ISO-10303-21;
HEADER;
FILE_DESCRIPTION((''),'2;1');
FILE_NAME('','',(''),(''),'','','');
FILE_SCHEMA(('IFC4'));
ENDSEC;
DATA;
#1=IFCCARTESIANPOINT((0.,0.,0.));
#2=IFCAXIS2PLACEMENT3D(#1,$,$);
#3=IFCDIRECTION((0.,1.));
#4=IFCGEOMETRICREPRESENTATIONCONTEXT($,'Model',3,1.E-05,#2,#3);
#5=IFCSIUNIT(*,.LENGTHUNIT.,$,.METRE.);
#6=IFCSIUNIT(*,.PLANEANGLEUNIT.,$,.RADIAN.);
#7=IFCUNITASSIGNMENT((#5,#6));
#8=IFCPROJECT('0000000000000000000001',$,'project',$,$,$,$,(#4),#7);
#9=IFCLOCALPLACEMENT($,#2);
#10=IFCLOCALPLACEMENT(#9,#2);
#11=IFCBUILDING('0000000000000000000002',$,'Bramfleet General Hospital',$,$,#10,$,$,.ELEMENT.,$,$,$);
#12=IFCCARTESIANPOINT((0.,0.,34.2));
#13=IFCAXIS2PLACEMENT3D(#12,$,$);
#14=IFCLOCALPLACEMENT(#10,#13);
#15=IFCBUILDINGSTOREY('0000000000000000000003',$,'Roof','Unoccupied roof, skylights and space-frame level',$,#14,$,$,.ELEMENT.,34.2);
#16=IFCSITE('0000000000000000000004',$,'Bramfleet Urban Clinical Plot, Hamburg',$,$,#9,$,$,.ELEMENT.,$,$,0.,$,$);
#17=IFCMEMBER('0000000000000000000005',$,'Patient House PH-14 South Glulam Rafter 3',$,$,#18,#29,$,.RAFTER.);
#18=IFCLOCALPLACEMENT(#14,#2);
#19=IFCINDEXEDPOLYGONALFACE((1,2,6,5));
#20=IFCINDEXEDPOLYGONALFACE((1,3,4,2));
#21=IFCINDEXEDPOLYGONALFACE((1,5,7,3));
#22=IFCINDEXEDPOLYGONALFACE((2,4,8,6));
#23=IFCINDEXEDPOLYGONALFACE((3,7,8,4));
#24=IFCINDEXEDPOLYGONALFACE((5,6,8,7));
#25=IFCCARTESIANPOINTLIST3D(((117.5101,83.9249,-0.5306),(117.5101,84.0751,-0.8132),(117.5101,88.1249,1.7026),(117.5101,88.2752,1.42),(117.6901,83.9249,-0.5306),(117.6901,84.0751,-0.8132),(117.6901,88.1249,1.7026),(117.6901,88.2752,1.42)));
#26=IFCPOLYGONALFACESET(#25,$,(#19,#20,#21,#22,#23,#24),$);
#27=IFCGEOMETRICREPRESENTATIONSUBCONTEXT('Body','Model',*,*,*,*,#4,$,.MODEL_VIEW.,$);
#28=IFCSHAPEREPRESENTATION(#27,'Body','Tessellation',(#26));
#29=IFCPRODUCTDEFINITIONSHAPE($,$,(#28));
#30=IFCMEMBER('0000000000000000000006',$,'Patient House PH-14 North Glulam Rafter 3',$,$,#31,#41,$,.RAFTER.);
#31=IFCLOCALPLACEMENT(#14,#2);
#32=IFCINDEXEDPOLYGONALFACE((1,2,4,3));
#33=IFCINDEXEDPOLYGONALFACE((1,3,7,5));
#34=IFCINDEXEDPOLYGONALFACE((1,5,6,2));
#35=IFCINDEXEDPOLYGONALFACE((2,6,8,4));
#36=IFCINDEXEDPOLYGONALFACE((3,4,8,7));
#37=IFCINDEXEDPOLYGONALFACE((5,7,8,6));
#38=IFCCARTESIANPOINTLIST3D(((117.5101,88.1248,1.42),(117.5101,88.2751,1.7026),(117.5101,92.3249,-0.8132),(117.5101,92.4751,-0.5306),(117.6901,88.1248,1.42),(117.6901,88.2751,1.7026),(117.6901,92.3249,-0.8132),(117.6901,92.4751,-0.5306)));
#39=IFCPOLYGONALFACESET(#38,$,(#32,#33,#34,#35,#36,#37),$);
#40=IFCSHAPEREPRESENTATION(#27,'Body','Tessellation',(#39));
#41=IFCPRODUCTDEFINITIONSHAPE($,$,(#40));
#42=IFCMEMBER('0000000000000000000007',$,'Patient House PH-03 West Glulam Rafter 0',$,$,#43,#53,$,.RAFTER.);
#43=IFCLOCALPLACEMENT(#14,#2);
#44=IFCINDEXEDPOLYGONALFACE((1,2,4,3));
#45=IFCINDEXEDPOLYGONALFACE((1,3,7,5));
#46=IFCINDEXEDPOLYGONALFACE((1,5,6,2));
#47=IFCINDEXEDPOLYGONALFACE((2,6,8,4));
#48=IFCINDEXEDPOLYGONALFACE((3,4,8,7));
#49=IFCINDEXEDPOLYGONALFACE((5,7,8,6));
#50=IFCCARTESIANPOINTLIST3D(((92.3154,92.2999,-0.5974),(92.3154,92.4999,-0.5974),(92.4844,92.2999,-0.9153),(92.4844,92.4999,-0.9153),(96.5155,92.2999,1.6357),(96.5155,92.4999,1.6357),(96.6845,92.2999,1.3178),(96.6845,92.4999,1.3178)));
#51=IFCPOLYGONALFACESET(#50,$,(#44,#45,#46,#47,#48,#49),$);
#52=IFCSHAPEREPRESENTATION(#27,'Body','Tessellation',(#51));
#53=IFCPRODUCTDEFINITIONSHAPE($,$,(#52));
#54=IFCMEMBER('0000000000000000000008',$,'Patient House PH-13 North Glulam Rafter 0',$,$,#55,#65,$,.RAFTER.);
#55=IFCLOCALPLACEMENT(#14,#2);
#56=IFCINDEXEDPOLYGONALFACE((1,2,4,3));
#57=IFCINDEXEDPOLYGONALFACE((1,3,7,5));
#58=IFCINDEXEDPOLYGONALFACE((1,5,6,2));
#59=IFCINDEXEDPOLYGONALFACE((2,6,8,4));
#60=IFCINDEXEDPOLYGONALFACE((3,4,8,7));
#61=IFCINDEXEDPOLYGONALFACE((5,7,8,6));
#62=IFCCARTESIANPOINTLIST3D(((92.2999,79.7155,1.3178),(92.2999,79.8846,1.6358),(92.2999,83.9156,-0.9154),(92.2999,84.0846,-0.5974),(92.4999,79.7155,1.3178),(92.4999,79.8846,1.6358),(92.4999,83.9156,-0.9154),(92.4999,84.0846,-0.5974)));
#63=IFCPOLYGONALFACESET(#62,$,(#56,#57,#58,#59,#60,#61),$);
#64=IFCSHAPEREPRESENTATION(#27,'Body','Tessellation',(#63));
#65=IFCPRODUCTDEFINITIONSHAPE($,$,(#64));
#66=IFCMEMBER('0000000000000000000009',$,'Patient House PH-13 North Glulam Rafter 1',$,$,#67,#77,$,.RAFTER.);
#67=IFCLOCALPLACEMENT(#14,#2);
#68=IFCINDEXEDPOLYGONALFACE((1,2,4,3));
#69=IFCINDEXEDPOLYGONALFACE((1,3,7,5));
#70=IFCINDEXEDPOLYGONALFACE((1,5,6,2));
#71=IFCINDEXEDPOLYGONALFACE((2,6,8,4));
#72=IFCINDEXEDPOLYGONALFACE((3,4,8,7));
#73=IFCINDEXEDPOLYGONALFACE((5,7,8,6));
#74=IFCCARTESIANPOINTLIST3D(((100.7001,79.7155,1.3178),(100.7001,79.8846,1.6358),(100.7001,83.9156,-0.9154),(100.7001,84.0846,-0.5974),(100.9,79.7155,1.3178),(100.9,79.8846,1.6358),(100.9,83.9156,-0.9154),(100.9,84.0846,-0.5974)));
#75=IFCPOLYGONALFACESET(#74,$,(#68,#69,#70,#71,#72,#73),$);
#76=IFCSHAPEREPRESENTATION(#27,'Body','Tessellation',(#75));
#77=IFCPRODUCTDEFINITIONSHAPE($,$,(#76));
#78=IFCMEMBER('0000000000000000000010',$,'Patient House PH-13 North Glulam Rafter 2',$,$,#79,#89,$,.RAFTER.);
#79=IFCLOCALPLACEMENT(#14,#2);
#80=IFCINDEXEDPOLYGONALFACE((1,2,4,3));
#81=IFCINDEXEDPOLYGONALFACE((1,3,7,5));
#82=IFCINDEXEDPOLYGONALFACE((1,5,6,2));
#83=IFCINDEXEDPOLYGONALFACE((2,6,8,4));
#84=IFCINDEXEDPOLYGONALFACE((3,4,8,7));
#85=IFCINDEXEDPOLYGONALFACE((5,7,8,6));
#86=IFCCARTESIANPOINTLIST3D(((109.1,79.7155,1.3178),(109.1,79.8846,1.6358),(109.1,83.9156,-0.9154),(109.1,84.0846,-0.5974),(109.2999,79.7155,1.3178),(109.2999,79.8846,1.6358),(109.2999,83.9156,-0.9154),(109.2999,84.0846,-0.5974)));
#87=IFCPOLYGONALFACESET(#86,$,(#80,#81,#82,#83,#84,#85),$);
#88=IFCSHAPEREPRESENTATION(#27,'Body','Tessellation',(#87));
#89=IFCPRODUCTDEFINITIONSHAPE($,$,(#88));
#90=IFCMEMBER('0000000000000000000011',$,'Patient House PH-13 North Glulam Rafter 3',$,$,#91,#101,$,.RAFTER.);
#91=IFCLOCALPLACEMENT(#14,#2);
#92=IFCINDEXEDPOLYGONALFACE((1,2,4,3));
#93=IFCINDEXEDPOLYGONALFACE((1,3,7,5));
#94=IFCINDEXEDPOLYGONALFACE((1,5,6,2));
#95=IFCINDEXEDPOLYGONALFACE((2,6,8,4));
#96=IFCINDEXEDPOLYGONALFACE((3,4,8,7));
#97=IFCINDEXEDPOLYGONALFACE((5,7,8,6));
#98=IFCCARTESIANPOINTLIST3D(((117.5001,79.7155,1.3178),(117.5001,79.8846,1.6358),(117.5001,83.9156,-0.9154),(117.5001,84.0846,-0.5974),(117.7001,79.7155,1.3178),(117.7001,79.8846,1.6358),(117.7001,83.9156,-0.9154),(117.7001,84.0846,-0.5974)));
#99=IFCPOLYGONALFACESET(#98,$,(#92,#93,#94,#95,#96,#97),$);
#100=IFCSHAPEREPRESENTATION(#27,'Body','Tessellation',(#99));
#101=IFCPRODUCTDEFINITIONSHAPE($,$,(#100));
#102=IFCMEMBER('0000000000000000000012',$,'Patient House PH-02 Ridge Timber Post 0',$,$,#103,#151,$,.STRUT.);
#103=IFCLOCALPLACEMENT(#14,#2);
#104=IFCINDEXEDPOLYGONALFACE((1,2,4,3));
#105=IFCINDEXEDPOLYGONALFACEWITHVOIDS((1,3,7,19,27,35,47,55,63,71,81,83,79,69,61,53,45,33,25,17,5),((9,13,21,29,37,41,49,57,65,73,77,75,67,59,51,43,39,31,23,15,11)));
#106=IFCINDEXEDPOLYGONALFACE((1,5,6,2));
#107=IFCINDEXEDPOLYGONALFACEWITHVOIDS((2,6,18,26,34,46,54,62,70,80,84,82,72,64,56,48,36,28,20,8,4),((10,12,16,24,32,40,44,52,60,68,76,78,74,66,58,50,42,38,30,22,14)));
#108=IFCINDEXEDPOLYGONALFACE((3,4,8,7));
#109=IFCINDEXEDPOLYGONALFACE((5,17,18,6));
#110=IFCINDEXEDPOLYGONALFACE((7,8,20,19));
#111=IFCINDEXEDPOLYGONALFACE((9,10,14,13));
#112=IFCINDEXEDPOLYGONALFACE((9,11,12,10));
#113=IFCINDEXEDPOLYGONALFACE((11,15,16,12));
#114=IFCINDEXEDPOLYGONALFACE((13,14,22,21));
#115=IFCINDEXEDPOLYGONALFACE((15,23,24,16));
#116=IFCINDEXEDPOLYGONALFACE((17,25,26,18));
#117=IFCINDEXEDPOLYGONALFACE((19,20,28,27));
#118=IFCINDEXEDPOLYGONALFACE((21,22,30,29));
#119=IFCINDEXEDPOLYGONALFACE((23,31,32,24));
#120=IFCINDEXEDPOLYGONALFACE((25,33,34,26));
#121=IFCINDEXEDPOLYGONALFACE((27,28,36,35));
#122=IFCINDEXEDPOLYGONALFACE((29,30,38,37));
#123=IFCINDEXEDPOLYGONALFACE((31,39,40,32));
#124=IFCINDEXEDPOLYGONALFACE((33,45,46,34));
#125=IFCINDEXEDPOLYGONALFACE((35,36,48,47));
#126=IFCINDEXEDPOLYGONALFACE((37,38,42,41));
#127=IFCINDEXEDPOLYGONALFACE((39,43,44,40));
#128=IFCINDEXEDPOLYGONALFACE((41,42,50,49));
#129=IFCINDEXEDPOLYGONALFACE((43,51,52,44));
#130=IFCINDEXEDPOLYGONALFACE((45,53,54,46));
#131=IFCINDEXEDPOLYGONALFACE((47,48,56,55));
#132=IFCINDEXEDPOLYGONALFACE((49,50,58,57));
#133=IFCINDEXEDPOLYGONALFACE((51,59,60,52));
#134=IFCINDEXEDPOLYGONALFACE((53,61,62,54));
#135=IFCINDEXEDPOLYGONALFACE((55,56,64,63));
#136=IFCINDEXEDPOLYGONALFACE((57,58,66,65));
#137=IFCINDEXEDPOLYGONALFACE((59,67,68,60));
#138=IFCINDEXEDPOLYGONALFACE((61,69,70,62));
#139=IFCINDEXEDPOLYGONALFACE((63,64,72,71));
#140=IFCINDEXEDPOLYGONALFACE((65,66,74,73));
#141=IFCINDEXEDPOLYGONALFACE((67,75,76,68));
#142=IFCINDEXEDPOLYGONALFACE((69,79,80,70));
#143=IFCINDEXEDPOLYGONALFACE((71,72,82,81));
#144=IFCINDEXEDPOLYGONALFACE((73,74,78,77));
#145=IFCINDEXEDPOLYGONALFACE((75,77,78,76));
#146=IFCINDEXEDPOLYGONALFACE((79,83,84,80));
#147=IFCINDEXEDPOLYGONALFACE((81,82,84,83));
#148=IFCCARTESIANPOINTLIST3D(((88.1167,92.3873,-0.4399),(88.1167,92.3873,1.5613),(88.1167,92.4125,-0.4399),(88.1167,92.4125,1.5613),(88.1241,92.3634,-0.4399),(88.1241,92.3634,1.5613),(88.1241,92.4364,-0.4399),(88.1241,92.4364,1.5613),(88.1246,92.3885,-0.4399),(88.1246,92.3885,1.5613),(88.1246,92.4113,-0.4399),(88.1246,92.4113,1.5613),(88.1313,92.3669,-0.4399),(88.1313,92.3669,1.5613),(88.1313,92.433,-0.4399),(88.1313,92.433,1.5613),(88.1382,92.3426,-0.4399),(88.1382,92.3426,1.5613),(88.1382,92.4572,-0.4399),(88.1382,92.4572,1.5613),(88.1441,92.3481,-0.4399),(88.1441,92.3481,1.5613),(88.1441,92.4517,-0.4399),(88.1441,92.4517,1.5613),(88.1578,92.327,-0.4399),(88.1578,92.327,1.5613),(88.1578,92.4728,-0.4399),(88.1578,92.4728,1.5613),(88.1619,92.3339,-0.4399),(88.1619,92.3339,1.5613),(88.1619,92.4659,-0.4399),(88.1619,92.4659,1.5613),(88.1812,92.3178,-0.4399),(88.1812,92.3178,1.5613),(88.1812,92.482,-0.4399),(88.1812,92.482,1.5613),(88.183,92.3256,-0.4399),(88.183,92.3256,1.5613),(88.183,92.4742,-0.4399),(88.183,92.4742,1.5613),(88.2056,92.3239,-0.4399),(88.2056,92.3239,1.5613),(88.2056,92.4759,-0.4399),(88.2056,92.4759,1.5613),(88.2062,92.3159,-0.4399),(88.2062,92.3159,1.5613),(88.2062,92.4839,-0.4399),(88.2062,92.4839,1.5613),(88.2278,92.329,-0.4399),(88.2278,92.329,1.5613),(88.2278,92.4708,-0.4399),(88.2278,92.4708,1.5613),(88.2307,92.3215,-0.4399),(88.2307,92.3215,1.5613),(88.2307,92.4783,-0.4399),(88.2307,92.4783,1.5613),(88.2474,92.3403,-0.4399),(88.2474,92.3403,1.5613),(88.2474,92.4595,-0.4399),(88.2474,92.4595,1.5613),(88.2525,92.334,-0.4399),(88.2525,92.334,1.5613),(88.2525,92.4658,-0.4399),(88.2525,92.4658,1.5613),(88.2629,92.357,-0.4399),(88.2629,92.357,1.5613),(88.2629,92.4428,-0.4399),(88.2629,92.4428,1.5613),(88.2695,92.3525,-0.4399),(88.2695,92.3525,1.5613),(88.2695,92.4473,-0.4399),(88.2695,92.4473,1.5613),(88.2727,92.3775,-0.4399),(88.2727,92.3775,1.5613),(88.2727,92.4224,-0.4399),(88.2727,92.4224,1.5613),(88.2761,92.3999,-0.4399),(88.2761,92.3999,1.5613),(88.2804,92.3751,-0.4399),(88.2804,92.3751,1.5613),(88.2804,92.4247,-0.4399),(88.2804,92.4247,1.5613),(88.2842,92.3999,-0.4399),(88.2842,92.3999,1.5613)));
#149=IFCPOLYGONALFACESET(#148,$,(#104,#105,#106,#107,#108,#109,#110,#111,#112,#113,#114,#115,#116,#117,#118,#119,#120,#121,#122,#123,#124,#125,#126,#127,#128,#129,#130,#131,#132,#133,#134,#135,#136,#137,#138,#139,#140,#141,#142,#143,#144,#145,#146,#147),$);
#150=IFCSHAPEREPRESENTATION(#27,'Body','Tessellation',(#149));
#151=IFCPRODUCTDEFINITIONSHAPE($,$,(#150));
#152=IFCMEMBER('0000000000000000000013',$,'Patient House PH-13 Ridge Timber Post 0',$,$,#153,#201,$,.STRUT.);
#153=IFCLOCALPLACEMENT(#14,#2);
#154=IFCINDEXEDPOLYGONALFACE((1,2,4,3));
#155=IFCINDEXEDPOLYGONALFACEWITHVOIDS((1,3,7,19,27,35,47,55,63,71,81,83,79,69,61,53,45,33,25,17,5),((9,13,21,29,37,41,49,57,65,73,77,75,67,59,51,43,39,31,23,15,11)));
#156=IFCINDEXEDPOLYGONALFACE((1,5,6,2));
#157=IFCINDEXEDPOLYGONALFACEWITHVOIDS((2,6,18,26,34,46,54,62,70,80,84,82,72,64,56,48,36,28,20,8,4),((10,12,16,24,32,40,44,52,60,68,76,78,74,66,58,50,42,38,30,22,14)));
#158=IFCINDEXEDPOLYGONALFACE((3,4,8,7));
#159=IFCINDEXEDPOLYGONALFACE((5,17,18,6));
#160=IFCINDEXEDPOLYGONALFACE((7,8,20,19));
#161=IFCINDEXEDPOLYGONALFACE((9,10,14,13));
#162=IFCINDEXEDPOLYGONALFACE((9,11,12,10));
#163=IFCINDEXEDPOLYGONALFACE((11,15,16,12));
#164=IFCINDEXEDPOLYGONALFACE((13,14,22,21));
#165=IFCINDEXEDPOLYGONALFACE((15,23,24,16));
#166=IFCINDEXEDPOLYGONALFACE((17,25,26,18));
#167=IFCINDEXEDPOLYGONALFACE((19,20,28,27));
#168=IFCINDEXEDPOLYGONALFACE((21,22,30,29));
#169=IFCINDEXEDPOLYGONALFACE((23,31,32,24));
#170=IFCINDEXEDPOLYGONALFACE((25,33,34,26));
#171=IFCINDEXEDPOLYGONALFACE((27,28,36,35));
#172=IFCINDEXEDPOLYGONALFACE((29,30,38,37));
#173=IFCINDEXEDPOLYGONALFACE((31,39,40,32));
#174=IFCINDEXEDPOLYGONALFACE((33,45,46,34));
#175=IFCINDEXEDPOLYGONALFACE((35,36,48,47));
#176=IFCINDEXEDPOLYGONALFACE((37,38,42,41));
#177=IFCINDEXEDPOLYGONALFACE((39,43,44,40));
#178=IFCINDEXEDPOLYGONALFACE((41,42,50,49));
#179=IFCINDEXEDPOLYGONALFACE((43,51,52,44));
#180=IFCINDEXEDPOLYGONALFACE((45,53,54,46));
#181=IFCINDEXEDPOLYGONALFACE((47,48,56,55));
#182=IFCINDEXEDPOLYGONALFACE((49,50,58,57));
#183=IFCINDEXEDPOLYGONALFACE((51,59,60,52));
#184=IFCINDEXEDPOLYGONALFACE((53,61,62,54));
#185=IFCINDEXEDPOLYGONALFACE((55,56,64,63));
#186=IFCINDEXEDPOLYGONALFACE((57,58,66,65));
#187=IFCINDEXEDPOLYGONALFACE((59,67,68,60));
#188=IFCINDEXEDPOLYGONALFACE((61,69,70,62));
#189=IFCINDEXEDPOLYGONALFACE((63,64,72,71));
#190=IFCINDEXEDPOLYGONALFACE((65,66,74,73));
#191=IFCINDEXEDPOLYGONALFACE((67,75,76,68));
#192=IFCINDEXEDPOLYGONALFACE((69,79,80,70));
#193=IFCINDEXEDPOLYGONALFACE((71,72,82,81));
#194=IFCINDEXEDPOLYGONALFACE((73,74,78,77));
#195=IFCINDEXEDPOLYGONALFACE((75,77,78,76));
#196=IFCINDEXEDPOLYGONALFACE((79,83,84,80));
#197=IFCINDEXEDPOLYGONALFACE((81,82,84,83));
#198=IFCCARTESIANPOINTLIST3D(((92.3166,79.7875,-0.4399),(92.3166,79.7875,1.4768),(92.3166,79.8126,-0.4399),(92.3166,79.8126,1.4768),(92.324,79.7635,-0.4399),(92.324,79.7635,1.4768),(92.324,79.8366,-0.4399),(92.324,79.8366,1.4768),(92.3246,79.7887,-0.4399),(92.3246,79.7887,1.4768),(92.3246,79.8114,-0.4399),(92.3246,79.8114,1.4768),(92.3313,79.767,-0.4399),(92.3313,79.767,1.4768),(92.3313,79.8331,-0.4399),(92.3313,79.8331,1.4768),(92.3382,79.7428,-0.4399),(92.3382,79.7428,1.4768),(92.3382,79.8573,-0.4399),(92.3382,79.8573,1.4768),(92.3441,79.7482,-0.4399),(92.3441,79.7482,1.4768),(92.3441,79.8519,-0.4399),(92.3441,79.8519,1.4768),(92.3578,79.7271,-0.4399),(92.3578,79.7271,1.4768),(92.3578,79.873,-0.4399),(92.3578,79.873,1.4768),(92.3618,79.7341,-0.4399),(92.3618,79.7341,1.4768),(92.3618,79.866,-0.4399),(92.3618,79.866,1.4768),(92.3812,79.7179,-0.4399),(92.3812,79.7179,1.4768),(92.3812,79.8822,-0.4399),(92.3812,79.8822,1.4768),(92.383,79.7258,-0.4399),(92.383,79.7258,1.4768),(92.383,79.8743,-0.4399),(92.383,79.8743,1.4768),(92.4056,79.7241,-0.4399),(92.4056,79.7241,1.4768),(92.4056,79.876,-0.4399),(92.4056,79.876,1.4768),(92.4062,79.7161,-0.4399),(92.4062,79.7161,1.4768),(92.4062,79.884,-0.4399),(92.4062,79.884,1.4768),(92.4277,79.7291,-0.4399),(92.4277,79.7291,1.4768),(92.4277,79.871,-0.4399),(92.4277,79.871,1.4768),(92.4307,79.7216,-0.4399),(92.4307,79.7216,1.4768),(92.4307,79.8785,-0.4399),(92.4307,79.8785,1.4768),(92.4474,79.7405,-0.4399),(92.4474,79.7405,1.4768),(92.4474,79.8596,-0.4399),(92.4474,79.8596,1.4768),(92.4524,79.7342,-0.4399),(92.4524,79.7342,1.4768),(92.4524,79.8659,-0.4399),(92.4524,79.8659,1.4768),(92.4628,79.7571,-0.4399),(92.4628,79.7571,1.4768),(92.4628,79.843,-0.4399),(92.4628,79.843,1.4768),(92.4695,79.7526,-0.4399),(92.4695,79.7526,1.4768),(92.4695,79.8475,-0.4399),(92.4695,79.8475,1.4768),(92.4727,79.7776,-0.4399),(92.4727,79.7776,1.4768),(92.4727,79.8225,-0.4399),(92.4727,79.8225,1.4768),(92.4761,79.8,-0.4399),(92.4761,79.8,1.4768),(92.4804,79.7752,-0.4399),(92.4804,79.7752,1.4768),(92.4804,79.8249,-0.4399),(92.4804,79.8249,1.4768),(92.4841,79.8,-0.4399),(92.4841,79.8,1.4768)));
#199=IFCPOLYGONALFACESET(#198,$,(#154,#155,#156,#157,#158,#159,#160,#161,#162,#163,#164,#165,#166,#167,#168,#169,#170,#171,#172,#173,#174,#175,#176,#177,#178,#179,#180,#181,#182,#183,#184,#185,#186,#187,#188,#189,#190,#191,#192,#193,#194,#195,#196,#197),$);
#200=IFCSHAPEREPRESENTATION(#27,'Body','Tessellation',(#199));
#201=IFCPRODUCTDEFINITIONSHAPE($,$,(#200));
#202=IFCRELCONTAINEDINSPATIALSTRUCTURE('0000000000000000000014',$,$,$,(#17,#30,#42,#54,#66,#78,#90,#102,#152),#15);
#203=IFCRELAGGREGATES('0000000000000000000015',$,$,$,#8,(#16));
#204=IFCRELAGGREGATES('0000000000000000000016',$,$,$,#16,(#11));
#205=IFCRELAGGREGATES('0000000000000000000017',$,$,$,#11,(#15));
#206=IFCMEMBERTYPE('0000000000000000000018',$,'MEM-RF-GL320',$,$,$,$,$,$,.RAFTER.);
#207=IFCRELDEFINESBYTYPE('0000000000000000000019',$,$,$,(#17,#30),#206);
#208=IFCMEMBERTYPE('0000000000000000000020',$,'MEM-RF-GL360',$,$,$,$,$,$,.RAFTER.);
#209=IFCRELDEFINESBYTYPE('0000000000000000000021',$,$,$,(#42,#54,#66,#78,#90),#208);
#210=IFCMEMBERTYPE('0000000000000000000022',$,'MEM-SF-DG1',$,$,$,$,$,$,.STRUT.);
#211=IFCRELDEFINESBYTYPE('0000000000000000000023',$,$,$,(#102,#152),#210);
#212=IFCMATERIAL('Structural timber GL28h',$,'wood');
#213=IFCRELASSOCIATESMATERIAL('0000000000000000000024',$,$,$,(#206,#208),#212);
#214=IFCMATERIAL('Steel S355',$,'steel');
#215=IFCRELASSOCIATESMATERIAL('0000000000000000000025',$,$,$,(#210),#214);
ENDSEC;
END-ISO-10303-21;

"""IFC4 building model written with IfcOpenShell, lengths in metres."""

from ifc_helpers import new_model, si_unit, direction, frame, origin, origin_2d, place, context, subcontext, project, spatial, rectangle, hollow_circle, extrude, material, material_profile, profile_set, type_object, element, save


model = new_model("IFC4")

# Units and contexts
model_context = context("Model", 3, precision=1e-05, world=origin(), true_north=direction((0.0, 1.0)))
body_context = subcontext(model_context, "Body", "Model", "MODEL_VIEW")
ifc_project = project(units=[si_unit("LENGTHUNIT", "METRE"), si_unit("PLANEANGLEUNIT", "RADIAN")], contexts=[model_context])

# Site, building, storey
site_placement = place(None, origin())
site = spatial("IfcSite", under=ifc_project, at=site_placement, Name="Bramfleet Urban Clinical Plot, Hamburg", CompositionType="ELEMENT", RefElevation=0.0)
building_placement = place(site_placement, origin())
building = spatial("IfcBuilding", under=site, at=building_placement, Name="Bramfleet General Hospital", CompositionType="ELEMENT")
storey_placement = place(building_placement, frame((0.0, 0.0, 34.2)))
storey = spatial("IfcBuildingStorey", under=building, at=storey_placement, Name="Roof", Description="Unoccupied roof, skylights and space-frame level", CompositionType="ELEMENT", Elevation=34.2)

# Shared definitions
ifc_material_1 = material(Name="Structural timber GL28h", Category="wood")

# Members
ifc_material_profile_1 = material_profile(ifc_material_1, rectangle(XDim=0.1799, YDim=0.3201, at=origin_2d()), Name="GL28h 320x180")
ifc_profile_set_1 = profile_set([ifc_material_profile_1], Name="Structural timber GL28h")
member_type_1 = type_object("IfcMemberType", Name="MEM-RF-GL320", PredefinedType="RAFTER", material=ifc_profile_set_1)
for number, where, z_axis, x_axis, name in (
    (1, (117.6001, 84.0, -0.6719), (0.0, 0.882948, 0.469472), (-1.0, 0.0, 0.0), "Patient House PH-14 South Glulam Rafter 3"),
    (2, (117.6001, 88.2, 1.5613), (0.0, 0.882948, -0.469472), (-1.0, 0.0, 0.0), "Patient House PH-14 North Glulam Rafter 3"),
):
    element("IfcMember", number, at=place(storey_placement, frame(where, z_axis=z_axis, x_axis=x_axis)), inside=storey, type_object=member_type_1, Name=name, PredefinedType="RAFTER", context=body_context, shape_type="SweptSolid", body=[
        extrude(rectangle(XDim=0.1799, YDim=0.3201, at=origin_2d()), origin(), (0.0, 0.0, 1.0), 4.7568),
    ])
ifc_material_profile_2 = material_profile(ifc_material_1, rectangle(XDim=0.2, YDim=0.3601, at=origin_2d()), Name="GL28h 360x200")
ifc_profile_set_2 = profile_set([ifc_material_profile_2], Name="Structural timber GL28h")
member_type_2 = type_object("IfcMemberType", Name="MEM-RF-GL360", PredefinedType="RAFTER", material=ifc_profile_set_2)
for number, where, z_axis, x_axis, name in (
    (3, (92.3999, 92.3999, -0.7563), (0.882959, 0.0, 0.46945), (0.0, 1.0, 0.0), "Patient House PH-03 West Glulam Rafter 0"),
    (4, (92.3999, 79.8, 1.4768), (0.0, 0.882948, -0.469472), (-1.0, 0.0, 0.0), "Patient House PH-13 North Glulam Rafter 0"),
    (5, (100.8, 79.8, 1.4768), (0.0, 0.882948, -0.469472), (-1.0, 0.0, 0.0), "Patient House PH-13 North Glulam Rafter 1"),
    (6, (109.2, 79.8, 1.4768), (0.0, 0.882948, -0.469472), (-1.0, 0.0, 0.0), "Patient House PH-13 North Glulam Rafter 2"),
    (7, (117.6001, 79.8, 1.4768), (0.0, 0.882948, -0.469472), (-1.0, 0.0, 0.0), "Patient House PH-13 North Glulam Rafter 3"),
):
    element("IfcMember", number, at=place(storey_placement, frame(where, z_axis=z_axis, x_axis=x_axis)), inside=storey, type_object=member_type_2, Name=name, PredefinedType="RAFTER", context=body_context, shape_type="SweptSolid", body=[
        extrude(rectangle(XDim=0.2, YDim=0.3601, at=origin_2d()), origin(), (0.0, 0.0, 1.0), 4.7568),
    ])
ifc_material_2 = material(Name="Steel S355", Category="steel")
ifc_material_profile_3 = material_profile(ifc_material_2, hollow_circle(Radius=0.0842, WallThickness=0.0081, at=origin_2d()), Name="CHS 168.3x8.0")
ifc_profile_set_3 = profile_set([ifc_material_profile_3], Name="Steel S355")
member_type_3 = type_object("IfcMemberType", Name="MEM-SF-DG1", PredefinedType="STRUT", material=ifc_profile_set_3)
member_placement = place(storey_placement, frame((88.2, 92.3999, -0.4399), z_axis=(0.0, 0.0, 1.0), x_axis=(1.0, 0.0, 0.0)))
element("IfcMember", 8, at=member_placement, inside=storey, type_object=member_type_3, Name="Patient House PH-02 Ridge Timber Post 0", PredefinedType="STRUT", context=body_context, shape_type="SweptSolid", body=[
    extrude(hollow_circle(Radius=0.0842, WallThickness=0.0081, at=origin_2d()), origin(), (0.0, 0.0, 1.0), 2.0012),
])
for number, where, z_axis, x_axis, name in (
    (9, (92.3999, 79.8, -0.4399), (0.0, 0.0, 1.0), (1.0, 0.0, 0.0), "Patient House PH-13 Ridge Timber Post 0"),
):
    element("IfcMember", number, at=place(storey_placement, frame(where, z_axis=z_axis, x_axis=x_axis)), inside=storey, type_object=member_type_3, Name=name, PredefinedType="STRUT", context=body_context, shape_type="SweptSolid", body=[
        extrude(hollow_circle(Radius=0.0842, WallThickness=0.0081, at=origin_2d()), origin(), (0.0, 0.0, 1.0), 1.9167),
    ])

save(model, "model.ifc")
